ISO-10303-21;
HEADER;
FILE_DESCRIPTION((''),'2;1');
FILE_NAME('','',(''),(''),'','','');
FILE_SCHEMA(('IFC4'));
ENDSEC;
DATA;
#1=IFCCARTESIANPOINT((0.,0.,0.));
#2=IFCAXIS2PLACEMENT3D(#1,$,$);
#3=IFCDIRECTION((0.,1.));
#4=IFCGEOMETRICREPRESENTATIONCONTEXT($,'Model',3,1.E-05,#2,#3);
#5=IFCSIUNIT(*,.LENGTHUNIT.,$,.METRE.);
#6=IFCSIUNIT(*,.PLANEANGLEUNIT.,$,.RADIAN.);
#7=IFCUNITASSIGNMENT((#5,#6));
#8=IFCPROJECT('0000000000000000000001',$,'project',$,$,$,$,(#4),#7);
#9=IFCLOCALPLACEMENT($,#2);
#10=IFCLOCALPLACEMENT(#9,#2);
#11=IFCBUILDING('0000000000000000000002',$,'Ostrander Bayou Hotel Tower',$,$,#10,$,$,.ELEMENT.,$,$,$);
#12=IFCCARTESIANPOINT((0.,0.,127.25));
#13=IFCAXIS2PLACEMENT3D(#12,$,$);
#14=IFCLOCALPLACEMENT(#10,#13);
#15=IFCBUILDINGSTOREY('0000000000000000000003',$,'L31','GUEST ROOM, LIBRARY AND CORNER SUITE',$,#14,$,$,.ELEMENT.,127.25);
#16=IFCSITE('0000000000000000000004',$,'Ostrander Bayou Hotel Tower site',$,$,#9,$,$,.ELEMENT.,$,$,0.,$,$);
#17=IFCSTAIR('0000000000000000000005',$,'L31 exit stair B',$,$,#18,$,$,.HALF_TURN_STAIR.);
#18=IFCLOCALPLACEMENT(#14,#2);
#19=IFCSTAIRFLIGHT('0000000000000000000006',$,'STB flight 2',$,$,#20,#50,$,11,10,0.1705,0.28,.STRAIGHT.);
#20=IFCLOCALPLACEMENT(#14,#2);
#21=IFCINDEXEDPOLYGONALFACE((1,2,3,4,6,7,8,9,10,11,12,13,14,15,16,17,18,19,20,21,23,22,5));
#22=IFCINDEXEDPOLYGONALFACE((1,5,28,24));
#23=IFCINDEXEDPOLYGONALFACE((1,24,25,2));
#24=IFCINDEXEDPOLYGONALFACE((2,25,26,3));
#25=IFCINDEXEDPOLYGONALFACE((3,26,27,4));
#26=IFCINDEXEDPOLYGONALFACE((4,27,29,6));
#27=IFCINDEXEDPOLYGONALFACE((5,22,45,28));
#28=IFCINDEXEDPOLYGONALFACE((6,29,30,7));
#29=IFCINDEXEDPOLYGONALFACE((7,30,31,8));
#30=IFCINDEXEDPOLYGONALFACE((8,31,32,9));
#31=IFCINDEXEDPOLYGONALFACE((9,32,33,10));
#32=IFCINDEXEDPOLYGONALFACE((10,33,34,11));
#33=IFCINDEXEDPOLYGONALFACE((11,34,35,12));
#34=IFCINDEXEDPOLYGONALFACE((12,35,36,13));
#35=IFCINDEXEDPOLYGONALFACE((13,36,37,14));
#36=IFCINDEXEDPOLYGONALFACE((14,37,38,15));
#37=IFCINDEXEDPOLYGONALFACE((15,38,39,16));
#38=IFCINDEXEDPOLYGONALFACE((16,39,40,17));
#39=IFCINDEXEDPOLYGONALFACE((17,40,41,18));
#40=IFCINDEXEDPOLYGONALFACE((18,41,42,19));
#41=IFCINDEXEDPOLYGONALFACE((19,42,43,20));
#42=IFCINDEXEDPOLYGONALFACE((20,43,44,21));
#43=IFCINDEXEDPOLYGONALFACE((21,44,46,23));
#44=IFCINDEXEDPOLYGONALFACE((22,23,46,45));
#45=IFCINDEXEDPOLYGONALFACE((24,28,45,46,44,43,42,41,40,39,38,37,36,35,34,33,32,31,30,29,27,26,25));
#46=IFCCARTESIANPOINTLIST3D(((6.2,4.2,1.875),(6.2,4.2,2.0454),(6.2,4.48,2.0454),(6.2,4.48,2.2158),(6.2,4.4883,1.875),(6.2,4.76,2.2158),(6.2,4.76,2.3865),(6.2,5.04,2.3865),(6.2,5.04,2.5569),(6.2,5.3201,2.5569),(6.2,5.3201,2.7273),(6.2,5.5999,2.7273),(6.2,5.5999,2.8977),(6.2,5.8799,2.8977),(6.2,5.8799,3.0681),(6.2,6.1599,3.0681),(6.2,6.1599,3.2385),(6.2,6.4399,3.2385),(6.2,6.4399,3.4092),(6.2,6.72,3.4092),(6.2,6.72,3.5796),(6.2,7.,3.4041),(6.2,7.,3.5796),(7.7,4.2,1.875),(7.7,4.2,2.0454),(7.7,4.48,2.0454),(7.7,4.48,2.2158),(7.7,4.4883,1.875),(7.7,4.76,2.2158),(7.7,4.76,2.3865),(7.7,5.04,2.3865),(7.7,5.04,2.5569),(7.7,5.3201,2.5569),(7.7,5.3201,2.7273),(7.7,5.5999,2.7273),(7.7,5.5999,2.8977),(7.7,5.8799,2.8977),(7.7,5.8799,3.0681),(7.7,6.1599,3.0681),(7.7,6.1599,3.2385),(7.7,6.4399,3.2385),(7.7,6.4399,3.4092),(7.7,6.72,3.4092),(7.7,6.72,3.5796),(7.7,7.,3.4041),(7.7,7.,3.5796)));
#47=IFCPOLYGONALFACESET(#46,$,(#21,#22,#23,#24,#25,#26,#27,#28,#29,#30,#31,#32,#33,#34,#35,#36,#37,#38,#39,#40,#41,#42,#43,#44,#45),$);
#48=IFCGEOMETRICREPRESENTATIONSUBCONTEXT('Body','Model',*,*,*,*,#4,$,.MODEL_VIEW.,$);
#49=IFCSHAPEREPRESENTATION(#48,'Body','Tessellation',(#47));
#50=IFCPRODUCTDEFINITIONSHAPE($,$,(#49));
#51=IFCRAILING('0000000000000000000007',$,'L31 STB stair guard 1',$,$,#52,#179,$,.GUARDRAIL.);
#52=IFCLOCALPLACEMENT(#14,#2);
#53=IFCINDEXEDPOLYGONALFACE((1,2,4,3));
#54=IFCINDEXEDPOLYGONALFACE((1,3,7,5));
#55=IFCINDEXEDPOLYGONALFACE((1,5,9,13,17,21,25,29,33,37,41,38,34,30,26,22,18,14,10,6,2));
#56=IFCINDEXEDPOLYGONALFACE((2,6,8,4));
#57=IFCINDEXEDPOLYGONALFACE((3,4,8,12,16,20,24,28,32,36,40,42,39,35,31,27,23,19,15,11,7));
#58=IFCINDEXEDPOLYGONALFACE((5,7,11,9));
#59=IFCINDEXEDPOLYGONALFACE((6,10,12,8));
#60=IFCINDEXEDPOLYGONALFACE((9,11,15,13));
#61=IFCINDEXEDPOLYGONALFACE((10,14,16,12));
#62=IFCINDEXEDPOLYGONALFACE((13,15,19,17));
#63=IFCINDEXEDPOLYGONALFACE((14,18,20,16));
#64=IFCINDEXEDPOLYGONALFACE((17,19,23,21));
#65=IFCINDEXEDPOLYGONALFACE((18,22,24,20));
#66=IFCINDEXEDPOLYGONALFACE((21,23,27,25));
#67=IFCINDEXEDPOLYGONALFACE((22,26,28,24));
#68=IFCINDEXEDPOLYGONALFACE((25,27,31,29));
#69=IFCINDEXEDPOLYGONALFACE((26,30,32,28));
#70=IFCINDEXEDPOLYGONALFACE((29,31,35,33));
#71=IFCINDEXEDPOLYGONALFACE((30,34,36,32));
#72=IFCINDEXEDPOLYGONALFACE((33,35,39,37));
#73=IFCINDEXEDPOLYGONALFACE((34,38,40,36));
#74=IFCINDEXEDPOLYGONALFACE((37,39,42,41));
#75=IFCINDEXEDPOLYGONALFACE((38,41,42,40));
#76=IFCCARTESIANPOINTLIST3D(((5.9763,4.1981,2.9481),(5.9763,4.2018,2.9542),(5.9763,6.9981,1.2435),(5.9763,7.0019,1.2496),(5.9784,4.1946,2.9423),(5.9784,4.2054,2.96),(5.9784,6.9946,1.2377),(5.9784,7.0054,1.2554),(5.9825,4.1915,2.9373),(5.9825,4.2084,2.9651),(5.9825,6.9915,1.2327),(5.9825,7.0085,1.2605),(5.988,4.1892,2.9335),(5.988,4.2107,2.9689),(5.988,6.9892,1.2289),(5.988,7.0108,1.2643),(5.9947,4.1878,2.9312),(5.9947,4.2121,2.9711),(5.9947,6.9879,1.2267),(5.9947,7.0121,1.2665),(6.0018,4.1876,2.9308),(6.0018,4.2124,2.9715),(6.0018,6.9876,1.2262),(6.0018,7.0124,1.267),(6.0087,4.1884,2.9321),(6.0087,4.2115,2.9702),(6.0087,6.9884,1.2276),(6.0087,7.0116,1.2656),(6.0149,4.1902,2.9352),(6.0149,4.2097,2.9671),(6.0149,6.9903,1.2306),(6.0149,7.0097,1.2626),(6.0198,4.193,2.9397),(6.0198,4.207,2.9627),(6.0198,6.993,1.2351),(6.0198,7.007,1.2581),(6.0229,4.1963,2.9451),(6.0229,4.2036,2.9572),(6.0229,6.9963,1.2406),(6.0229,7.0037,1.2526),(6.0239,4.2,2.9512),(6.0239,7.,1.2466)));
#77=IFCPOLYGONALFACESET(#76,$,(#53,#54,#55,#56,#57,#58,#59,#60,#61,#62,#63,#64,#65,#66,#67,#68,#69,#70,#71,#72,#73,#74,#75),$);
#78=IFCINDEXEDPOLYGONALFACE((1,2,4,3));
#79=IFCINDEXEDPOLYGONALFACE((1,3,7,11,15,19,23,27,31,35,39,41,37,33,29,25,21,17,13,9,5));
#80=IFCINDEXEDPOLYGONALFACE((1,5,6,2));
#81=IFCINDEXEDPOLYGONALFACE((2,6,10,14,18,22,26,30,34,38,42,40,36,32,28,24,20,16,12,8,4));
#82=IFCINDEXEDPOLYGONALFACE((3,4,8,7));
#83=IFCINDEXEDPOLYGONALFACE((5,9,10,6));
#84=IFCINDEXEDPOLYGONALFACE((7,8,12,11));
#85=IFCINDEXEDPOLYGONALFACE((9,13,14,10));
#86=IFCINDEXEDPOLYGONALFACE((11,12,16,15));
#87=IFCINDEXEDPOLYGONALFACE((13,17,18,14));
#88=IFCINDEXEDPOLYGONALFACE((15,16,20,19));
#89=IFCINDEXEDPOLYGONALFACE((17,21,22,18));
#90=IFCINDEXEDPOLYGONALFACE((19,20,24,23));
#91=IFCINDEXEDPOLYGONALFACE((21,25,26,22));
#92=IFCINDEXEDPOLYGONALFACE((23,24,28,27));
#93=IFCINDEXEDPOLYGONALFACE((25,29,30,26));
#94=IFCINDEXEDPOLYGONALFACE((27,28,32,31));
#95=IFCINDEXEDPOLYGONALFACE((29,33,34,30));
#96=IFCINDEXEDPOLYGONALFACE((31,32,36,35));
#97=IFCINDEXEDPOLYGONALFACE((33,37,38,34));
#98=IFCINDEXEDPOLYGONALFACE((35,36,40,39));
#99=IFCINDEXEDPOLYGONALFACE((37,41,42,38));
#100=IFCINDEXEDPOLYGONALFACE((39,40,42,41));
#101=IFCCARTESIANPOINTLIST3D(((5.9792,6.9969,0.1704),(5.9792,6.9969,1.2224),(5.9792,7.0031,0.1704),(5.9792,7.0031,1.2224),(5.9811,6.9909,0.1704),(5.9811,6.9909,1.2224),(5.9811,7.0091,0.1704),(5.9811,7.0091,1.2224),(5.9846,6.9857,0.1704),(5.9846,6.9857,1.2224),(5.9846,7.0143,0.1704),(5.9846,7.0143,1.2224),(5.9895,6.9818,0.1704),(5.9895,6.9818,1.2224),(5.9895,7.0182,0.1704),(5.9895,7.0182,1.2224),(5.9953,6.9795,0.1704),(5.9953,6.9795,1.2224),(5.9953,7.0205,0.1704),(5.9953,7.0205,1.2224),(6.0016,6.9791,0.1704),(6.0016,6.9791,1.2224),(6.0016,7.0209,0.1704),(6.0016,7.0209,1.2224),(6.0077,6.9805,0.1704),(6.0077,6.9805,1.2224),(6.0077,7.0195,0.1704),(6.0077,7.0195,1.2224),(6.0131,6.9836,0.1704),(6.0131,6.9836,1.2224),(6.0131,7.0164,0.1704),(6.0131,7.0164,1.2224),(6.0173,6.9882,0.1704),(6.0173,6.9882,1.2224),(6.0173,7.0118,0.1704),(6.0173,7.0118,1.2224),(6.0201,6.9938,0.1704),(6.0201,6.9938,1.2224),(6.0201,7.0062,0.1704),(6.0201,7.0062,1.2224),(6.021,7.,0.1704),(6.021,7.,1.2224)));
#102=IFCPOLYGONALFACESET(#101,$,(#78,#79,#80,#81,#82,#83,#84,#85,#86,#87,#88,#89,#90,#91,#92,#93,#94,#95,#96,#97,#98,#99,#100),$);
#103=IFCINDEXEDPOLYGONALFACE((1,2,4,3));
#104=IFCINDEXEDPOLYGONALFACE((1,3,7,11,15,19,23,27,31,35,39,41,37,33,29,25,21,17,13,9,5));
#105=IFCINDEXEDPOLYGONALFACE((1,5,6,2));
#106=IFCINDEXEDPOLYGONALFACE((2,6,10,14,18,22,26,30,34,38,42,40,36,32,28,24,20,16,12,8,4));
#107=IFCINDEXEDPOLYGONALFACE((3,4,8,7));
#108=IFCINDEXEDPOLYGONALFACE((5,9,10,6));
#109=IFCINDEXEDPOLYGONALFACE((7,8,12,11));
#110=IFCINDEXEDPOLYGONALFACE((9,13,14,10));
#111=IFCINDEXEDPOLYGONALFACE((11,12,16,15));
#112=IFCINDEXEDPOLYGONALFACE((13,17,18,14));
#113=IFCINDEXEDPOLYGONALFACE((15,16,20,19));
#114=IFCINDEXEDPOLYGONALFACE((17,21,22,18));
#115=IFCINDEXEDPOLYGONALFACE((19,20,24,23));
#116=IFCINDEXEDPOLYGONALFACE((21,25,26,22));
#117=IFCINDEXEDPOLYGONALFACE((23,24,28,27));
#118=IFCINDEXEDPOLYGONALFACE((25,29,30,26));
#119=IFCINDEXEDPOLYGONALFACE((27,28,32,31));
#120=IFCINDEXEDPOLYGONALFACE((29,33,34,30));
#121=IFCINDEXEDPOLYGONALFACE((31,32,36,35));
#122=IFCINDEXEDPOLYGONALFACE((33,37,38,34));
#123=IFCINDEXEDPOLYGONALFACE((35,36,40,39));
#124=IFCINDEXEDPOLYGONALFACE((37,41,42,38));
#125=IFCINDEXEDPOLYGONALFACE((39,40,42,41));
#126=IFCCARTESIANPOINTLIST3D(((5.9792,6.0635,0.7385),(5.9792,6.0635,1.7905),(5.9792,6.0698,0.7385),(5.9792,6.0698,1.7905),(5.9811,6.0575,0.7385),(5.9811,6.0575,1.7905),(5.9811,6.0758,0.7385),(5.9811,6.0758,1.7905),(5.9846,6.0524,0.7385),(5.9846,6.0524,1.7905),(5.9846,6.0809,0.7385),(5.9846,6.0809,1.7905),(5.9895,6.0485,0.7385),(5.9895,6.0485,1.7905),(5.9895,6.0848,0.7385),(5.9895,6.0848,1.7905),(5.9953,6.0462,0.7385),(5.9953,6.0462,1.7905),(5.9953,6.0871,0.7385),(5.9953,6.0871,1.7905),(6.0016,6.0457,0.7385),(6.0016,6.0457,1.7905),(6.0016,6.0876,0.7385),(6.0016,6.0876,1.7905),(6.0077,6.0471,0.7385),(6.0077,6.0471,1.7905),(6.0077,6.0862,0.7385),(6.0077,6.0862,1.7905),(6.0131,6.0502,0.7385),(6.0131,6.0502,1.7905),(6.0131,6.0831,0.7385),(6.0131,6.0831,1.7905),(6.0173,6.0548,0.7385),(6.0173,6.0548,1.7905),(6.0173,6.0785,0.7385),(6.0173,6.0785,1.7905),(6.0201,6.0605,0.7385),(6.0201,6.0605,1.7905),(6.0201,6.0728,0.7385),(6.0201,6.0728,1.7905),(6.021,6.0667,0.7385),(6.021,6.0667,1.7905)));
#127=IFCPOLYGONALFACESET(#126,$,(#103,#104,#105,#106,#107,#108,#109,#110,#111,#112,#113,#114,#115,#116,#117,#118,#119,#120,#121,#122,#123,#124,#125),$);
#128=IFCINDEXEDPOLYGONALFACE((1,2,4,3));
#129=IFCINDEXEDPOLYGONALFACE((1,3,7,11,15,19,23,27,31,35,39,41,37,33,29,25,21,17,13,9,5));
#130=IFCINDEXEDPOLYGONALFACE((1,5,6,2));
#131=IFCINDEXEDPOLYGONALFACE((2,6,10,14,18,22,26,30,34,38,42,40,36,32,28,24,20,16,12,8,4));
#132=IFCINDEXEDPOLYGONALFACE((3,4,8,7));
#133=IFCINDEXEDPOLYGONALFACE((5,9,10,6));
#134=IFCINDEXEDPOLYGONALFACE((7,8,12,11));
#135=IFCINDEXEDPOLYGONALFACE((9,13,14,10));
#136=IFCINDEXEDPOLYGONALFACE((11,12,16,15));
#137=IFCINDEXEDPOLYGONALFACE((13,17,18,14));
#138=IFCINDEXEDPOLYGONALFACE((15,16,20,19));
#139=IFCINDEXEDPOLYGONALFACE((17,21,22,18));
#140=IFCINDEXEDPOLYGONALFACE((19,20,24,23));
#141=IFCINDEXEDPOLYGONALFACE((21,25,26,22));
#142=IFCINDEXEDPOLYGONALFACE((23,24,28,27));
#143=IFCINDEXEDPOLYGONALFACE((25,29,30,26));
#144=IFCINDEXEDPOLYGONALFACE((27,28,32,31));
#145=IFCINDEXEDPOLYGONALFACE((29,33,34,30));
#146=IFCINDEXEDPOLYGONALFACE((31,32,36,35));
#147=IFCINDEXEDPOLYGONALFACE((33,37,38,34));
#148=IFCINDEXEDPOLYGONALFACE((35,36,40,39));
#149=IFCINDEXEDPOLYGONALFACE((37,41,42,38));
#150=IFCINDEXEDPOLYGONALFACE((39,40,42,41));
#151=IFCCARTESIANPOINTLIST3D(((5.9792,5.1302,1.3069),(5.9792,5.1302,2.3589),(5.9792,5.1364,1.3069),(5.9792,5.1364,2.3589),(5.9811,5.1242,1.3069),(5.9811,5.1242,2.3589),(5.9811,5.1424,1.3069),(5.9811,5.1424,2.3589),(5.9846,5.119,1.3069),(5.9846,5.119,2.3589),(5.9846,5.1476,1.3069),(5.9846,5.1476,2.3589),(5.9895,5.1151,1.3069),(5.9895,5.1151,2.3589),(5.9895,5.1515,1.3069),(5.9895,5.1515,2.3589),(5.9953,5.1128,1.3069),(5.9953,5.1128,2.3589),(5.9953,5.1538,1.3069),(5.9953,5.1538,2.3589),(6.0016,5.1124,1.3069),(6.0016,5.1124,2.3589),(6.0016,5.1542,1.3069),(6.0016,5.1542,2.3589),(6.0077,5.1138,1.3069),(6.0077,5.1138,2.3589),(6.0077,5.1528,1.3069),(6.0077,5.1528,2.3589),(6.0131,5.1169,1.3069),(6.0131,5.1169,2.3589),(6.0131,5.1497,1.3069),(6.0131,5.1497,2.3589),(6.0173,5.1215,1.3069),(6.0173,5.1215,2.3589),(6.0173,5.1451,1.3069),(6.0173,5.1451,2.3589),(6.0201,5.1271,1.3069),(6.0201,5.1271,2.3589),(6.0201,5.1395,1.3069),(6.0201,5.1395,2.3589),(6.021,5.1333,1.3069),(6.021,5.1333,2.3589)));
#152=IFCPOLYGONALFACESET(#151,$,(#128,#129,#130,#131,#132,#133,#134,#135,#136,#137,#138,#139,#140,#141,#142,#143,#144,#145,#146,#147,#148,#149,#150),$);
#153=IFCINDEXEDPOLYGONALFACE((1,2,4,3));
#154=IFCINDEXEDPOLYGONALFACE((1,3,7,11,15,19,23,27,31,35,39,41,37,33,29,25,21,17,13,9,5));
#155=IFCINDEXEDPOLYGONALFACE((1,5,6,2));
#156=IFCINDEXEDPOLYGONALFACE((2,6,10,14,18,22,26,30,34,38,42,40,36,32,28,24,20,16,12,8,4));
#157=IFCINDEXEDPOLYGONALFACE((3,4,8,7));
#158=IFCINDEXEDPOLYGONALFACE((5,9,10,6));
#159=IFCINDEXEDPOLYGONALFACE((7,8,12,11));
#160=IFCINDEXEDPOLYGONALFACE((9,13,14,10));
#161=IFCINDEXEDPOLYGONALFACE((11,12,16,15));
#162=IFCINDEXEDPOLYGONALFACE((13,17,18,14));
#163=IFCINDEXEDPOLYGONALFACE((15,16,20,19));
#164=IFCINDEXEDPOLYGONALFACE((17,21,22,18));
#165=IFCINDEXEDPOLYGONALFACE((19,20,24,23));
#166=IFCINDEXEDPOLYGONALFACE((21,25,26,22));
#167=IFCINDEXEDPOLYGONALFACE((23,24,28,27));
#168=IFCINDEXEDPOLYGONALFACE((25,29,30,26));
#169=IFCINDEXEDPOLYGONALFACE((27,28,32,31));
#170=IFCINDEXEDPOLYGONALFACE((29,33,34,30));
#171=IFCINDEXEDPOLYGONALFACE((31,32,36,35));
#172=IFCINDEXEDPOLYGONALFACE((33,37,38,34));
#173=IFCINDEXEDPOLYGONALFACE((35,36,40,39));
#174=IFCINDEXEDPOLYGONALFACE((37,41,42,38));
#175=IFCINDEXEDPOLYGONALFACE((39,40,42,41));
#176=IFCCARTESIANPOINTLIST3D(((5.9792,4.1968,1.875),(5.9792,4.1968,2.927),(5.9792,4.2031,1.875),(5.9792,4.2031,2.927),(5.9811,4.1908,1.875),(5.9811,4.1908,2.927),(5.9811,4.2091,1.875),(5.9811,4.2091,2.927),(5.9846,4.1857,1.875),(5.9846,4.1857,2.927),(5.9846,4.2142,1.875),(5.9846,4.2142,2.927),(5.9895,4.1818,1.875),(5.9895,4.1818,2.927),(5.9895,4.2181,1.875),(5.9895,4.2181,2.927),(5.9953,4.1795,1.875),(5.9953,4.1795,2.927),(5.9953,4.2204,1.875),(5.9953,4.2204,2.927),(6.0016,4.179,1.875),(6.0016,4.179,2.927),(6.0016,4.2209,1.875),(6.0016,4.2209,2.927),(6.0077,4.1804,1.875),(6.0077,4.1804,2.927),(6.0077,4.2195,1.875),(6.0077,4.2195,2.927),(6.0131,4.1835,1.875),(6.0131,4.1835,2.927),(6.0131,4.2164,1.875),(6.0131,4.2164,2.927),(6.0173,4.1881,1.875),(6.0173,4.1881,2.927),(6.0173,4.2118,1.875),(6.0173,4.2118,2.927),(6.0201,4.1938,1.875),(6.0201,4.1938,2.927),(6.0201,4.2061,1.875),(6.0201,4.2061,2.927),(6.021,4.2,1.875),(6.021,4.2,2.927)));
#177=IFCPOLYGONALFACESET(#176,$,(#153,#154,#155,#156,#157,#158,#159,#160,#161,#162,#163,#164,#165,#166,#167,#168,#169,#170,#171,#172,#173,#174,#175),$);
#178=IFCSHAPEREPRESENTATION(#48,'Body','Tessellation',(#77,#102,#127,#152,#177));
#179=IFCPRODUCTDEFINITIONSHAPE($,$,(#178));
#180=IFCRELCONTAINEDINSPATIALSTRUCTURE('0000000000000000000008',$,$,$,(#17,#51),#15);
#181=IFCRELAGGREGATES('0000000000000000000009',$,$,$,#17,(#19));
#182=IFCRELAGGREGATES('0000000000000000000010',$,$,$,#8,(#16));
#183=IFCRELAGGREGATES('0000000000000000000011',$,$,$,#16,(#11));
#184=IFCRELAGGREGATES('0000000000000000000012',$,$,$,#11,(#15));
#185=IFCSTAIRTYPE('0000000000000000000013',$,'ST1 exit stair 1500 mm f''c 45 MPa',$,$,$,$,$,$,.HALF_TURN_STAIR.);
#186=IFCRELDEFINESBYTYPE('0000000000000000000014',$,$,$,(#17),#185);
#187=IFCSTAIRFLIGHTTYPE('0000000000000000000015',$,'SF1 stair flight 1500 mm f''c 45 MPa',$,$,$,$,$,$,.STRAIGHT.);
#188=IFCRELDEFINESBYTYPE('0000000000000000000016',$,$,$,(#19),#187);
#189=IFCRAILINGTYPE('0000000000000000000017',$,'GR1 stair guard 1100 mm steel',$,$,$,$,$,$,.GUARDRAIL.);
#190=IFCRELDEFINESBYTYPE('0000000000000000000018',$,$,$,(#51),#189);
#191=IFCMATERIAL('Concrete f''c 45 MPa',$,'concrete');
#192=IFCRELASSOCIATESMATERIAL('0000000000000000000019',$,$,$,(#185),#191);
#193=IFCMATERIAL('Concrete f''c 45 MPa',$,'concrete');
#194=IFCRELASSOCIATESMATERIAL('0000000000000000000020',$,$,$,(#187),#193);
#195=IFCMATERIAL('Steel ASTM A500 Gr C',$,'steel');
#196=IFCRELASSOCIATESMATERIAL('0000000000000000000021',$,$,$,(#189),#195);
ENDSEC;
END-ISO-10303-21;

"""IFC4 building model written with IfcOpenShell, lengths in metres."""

from ifc_helpers import new_model, si_unit, direction, frame, origin, origin_2d, place, context, subcontext, project, spatial, polyline, circle, outline, extrude, material, type_object, element, aggregate, save


model = new_model("IFC4")

# Units and contexts
model_context = context("Model", 3, precision=1e-05, world=origin(), true_north=direction((0.0, 1.0)))
body_context = subcontext(model_context, "Body", "Model", "MODEL_VIEW")
ifc_project = project(units=[si_unit("LENGTHUNIT", "METRE"), si_unit("PLANEANGLEUNIT", "RADIAN")], contexts=[model_context])

# Site, building, storey
site_placement = place(None, origin())
site = spatial("IfcSite", under=ifc_project, at=site_placement, Name="Ostrander Bayou Hotel Tower site", CompositionType="ELEMENT", RefElevation=0.0)
building_placement = place(site_placement, origin())
building = spatial("IfcBuilding", under=site, at=building_placement, Name="Ostrander Bayou Hotel Tower", CompositionType="ELEMENT")
storey_placement = place(building_placement, frame((0.0, 0.0, 127.25)))
storey = spatial("IfcBuildingStorey", under=building, at=storey_placement, Name="L31", Description="GUEST ROOM, LIBRARY AND CORNER SUITE", CompositionType="ELEMENT", Elevation=127.25)

# Stair, stair flight
ifc_material_1 = material(Name="Concrete f'c 45 MPa", Category="concrete")
stair_type = type_object("IfcStairType", Name="ST1 exit stair 1500 mm f'c 45 MPa", PredefinedType="HALF_TURN_STAIR", material=ifc_material_1)
stair_placement = place(storey_placement, origin())
stair = element("IfcStair", 1, at=stair_placement, inside=storey, type_object=stair_type, Name="L31 exit stair B", PredefinedType="HALF_TURN_STAIR")
ifc_material_2 = material(Name="Concrete f'c 45 MPa", Category="concrete")
stair_flight_type = type_object("IfcStairFlightType", Name="SF1 stair flight 1500 mm f'c 45 MPa", PredefinedType="STRAIGHT", material=ifc_material_2)
stair_flight_1_placement = place(storey_placement, frame((6.95, 4.2, 1.875), z_axis=(0.0, 0.0, 1.0), x_axis=(0.0, 1.0, 0.0)))
stair_flight_1 = element("IfcStairFlight", 2, at=stair_flight_1_placement, type_object=stair_flight_type, Name="STB flight 2", NumberOfRisers=11, NumberOfTreads=10, PredefinedType="STRAIGHT", RiserHeight=0.1705, TreadLength=0.28, context=body_context, shape_type="SweptSolid", body=[
    extrude(outline(polyline([(0.0, 0.0), (0.0, 0.1704), (0.28, 0.1704), (0.28, 0.3408), (0.5601, 0.3408), (0.5601, 0.5115), (0.8401, 0.5115), (0.8401, 0.6819), (1.1201, 0.6819), (1.1201, 0.8523), (1.3999, 0.8523), (1.3999, 1.0227), (1.6799, 1.0227), (1.6799, 1.1931), (1.96, 1.1931), (1.96, 1.3635), (2.24, 1.3635), (2.24, 1.5342), (2.52, 1.5342), (2.52, 1.7046), (2.8, 1.7046), (2.8, 1.875), (2.8, 1.5291), (0.2883, 0.0), (0.0, 0.0)])), frame((0.0, 0.75, 0.0), z_axis=(0.0, -1.0, 0.0), x_axis=(1.0, 0.0, 0.0)), (0.0, 0.0, 1.0), 1.5),
])
aggregate(stair, [stair_flight_1])

# Railing
ifc_material_3 = material(Name="Steel ASTM A500 Gr C", Category="steel")
railing_type_1 = type_object("IfcRailingType", Name="GR1 stair guard 1100 mm steel", PredefinedType="GUARDRAIL", material=ifc_material_3)
railing_1_placement = place(storey_placement, frame((6.0, 7.0, 0.1704)))
element("IfcRailing", 3, at=railing_1_placement, inside=storey, type_object=railing_type_1, Name="L31 STB stair guard 1", PredefinedType="GUARDRAIL", context=body_context, shape_type="SweptSolid", body=[
    extrude(circle(Radius=0.0239, at=origin_2d()), frame((0.0, 0.0, 1.0762), z_axis=(0.0, -0.85417, 0.519994), x_axis=(1.0, 0.0, 0.0)), (0.0, 0.0, 1.0), 3.2781),
    extrude(circle(Radius=0.021, at=origin_2d()), origin(), (0.0, 0.0, 1.0), 1.052),
    extrude(circle(Radius=0.021, at=origin_2d()), frame((0.0, -0.9333, 0.5681)), (0.0, 0.0, 1.0), 1.052),
    extrude(circle(Radius=0.021, at=origin_2d()), frame((0.0, -1.8667, 1.1365)), (0.0, 0.0, 1.0), 1.052),
    extrude(circle(Radius=0.021, at=origin_2d()), frame((0.0, -2.8, 1.7046)), (0.0, 0.0, 1.0), 1.052),
])

save(model, "model.ifc")
